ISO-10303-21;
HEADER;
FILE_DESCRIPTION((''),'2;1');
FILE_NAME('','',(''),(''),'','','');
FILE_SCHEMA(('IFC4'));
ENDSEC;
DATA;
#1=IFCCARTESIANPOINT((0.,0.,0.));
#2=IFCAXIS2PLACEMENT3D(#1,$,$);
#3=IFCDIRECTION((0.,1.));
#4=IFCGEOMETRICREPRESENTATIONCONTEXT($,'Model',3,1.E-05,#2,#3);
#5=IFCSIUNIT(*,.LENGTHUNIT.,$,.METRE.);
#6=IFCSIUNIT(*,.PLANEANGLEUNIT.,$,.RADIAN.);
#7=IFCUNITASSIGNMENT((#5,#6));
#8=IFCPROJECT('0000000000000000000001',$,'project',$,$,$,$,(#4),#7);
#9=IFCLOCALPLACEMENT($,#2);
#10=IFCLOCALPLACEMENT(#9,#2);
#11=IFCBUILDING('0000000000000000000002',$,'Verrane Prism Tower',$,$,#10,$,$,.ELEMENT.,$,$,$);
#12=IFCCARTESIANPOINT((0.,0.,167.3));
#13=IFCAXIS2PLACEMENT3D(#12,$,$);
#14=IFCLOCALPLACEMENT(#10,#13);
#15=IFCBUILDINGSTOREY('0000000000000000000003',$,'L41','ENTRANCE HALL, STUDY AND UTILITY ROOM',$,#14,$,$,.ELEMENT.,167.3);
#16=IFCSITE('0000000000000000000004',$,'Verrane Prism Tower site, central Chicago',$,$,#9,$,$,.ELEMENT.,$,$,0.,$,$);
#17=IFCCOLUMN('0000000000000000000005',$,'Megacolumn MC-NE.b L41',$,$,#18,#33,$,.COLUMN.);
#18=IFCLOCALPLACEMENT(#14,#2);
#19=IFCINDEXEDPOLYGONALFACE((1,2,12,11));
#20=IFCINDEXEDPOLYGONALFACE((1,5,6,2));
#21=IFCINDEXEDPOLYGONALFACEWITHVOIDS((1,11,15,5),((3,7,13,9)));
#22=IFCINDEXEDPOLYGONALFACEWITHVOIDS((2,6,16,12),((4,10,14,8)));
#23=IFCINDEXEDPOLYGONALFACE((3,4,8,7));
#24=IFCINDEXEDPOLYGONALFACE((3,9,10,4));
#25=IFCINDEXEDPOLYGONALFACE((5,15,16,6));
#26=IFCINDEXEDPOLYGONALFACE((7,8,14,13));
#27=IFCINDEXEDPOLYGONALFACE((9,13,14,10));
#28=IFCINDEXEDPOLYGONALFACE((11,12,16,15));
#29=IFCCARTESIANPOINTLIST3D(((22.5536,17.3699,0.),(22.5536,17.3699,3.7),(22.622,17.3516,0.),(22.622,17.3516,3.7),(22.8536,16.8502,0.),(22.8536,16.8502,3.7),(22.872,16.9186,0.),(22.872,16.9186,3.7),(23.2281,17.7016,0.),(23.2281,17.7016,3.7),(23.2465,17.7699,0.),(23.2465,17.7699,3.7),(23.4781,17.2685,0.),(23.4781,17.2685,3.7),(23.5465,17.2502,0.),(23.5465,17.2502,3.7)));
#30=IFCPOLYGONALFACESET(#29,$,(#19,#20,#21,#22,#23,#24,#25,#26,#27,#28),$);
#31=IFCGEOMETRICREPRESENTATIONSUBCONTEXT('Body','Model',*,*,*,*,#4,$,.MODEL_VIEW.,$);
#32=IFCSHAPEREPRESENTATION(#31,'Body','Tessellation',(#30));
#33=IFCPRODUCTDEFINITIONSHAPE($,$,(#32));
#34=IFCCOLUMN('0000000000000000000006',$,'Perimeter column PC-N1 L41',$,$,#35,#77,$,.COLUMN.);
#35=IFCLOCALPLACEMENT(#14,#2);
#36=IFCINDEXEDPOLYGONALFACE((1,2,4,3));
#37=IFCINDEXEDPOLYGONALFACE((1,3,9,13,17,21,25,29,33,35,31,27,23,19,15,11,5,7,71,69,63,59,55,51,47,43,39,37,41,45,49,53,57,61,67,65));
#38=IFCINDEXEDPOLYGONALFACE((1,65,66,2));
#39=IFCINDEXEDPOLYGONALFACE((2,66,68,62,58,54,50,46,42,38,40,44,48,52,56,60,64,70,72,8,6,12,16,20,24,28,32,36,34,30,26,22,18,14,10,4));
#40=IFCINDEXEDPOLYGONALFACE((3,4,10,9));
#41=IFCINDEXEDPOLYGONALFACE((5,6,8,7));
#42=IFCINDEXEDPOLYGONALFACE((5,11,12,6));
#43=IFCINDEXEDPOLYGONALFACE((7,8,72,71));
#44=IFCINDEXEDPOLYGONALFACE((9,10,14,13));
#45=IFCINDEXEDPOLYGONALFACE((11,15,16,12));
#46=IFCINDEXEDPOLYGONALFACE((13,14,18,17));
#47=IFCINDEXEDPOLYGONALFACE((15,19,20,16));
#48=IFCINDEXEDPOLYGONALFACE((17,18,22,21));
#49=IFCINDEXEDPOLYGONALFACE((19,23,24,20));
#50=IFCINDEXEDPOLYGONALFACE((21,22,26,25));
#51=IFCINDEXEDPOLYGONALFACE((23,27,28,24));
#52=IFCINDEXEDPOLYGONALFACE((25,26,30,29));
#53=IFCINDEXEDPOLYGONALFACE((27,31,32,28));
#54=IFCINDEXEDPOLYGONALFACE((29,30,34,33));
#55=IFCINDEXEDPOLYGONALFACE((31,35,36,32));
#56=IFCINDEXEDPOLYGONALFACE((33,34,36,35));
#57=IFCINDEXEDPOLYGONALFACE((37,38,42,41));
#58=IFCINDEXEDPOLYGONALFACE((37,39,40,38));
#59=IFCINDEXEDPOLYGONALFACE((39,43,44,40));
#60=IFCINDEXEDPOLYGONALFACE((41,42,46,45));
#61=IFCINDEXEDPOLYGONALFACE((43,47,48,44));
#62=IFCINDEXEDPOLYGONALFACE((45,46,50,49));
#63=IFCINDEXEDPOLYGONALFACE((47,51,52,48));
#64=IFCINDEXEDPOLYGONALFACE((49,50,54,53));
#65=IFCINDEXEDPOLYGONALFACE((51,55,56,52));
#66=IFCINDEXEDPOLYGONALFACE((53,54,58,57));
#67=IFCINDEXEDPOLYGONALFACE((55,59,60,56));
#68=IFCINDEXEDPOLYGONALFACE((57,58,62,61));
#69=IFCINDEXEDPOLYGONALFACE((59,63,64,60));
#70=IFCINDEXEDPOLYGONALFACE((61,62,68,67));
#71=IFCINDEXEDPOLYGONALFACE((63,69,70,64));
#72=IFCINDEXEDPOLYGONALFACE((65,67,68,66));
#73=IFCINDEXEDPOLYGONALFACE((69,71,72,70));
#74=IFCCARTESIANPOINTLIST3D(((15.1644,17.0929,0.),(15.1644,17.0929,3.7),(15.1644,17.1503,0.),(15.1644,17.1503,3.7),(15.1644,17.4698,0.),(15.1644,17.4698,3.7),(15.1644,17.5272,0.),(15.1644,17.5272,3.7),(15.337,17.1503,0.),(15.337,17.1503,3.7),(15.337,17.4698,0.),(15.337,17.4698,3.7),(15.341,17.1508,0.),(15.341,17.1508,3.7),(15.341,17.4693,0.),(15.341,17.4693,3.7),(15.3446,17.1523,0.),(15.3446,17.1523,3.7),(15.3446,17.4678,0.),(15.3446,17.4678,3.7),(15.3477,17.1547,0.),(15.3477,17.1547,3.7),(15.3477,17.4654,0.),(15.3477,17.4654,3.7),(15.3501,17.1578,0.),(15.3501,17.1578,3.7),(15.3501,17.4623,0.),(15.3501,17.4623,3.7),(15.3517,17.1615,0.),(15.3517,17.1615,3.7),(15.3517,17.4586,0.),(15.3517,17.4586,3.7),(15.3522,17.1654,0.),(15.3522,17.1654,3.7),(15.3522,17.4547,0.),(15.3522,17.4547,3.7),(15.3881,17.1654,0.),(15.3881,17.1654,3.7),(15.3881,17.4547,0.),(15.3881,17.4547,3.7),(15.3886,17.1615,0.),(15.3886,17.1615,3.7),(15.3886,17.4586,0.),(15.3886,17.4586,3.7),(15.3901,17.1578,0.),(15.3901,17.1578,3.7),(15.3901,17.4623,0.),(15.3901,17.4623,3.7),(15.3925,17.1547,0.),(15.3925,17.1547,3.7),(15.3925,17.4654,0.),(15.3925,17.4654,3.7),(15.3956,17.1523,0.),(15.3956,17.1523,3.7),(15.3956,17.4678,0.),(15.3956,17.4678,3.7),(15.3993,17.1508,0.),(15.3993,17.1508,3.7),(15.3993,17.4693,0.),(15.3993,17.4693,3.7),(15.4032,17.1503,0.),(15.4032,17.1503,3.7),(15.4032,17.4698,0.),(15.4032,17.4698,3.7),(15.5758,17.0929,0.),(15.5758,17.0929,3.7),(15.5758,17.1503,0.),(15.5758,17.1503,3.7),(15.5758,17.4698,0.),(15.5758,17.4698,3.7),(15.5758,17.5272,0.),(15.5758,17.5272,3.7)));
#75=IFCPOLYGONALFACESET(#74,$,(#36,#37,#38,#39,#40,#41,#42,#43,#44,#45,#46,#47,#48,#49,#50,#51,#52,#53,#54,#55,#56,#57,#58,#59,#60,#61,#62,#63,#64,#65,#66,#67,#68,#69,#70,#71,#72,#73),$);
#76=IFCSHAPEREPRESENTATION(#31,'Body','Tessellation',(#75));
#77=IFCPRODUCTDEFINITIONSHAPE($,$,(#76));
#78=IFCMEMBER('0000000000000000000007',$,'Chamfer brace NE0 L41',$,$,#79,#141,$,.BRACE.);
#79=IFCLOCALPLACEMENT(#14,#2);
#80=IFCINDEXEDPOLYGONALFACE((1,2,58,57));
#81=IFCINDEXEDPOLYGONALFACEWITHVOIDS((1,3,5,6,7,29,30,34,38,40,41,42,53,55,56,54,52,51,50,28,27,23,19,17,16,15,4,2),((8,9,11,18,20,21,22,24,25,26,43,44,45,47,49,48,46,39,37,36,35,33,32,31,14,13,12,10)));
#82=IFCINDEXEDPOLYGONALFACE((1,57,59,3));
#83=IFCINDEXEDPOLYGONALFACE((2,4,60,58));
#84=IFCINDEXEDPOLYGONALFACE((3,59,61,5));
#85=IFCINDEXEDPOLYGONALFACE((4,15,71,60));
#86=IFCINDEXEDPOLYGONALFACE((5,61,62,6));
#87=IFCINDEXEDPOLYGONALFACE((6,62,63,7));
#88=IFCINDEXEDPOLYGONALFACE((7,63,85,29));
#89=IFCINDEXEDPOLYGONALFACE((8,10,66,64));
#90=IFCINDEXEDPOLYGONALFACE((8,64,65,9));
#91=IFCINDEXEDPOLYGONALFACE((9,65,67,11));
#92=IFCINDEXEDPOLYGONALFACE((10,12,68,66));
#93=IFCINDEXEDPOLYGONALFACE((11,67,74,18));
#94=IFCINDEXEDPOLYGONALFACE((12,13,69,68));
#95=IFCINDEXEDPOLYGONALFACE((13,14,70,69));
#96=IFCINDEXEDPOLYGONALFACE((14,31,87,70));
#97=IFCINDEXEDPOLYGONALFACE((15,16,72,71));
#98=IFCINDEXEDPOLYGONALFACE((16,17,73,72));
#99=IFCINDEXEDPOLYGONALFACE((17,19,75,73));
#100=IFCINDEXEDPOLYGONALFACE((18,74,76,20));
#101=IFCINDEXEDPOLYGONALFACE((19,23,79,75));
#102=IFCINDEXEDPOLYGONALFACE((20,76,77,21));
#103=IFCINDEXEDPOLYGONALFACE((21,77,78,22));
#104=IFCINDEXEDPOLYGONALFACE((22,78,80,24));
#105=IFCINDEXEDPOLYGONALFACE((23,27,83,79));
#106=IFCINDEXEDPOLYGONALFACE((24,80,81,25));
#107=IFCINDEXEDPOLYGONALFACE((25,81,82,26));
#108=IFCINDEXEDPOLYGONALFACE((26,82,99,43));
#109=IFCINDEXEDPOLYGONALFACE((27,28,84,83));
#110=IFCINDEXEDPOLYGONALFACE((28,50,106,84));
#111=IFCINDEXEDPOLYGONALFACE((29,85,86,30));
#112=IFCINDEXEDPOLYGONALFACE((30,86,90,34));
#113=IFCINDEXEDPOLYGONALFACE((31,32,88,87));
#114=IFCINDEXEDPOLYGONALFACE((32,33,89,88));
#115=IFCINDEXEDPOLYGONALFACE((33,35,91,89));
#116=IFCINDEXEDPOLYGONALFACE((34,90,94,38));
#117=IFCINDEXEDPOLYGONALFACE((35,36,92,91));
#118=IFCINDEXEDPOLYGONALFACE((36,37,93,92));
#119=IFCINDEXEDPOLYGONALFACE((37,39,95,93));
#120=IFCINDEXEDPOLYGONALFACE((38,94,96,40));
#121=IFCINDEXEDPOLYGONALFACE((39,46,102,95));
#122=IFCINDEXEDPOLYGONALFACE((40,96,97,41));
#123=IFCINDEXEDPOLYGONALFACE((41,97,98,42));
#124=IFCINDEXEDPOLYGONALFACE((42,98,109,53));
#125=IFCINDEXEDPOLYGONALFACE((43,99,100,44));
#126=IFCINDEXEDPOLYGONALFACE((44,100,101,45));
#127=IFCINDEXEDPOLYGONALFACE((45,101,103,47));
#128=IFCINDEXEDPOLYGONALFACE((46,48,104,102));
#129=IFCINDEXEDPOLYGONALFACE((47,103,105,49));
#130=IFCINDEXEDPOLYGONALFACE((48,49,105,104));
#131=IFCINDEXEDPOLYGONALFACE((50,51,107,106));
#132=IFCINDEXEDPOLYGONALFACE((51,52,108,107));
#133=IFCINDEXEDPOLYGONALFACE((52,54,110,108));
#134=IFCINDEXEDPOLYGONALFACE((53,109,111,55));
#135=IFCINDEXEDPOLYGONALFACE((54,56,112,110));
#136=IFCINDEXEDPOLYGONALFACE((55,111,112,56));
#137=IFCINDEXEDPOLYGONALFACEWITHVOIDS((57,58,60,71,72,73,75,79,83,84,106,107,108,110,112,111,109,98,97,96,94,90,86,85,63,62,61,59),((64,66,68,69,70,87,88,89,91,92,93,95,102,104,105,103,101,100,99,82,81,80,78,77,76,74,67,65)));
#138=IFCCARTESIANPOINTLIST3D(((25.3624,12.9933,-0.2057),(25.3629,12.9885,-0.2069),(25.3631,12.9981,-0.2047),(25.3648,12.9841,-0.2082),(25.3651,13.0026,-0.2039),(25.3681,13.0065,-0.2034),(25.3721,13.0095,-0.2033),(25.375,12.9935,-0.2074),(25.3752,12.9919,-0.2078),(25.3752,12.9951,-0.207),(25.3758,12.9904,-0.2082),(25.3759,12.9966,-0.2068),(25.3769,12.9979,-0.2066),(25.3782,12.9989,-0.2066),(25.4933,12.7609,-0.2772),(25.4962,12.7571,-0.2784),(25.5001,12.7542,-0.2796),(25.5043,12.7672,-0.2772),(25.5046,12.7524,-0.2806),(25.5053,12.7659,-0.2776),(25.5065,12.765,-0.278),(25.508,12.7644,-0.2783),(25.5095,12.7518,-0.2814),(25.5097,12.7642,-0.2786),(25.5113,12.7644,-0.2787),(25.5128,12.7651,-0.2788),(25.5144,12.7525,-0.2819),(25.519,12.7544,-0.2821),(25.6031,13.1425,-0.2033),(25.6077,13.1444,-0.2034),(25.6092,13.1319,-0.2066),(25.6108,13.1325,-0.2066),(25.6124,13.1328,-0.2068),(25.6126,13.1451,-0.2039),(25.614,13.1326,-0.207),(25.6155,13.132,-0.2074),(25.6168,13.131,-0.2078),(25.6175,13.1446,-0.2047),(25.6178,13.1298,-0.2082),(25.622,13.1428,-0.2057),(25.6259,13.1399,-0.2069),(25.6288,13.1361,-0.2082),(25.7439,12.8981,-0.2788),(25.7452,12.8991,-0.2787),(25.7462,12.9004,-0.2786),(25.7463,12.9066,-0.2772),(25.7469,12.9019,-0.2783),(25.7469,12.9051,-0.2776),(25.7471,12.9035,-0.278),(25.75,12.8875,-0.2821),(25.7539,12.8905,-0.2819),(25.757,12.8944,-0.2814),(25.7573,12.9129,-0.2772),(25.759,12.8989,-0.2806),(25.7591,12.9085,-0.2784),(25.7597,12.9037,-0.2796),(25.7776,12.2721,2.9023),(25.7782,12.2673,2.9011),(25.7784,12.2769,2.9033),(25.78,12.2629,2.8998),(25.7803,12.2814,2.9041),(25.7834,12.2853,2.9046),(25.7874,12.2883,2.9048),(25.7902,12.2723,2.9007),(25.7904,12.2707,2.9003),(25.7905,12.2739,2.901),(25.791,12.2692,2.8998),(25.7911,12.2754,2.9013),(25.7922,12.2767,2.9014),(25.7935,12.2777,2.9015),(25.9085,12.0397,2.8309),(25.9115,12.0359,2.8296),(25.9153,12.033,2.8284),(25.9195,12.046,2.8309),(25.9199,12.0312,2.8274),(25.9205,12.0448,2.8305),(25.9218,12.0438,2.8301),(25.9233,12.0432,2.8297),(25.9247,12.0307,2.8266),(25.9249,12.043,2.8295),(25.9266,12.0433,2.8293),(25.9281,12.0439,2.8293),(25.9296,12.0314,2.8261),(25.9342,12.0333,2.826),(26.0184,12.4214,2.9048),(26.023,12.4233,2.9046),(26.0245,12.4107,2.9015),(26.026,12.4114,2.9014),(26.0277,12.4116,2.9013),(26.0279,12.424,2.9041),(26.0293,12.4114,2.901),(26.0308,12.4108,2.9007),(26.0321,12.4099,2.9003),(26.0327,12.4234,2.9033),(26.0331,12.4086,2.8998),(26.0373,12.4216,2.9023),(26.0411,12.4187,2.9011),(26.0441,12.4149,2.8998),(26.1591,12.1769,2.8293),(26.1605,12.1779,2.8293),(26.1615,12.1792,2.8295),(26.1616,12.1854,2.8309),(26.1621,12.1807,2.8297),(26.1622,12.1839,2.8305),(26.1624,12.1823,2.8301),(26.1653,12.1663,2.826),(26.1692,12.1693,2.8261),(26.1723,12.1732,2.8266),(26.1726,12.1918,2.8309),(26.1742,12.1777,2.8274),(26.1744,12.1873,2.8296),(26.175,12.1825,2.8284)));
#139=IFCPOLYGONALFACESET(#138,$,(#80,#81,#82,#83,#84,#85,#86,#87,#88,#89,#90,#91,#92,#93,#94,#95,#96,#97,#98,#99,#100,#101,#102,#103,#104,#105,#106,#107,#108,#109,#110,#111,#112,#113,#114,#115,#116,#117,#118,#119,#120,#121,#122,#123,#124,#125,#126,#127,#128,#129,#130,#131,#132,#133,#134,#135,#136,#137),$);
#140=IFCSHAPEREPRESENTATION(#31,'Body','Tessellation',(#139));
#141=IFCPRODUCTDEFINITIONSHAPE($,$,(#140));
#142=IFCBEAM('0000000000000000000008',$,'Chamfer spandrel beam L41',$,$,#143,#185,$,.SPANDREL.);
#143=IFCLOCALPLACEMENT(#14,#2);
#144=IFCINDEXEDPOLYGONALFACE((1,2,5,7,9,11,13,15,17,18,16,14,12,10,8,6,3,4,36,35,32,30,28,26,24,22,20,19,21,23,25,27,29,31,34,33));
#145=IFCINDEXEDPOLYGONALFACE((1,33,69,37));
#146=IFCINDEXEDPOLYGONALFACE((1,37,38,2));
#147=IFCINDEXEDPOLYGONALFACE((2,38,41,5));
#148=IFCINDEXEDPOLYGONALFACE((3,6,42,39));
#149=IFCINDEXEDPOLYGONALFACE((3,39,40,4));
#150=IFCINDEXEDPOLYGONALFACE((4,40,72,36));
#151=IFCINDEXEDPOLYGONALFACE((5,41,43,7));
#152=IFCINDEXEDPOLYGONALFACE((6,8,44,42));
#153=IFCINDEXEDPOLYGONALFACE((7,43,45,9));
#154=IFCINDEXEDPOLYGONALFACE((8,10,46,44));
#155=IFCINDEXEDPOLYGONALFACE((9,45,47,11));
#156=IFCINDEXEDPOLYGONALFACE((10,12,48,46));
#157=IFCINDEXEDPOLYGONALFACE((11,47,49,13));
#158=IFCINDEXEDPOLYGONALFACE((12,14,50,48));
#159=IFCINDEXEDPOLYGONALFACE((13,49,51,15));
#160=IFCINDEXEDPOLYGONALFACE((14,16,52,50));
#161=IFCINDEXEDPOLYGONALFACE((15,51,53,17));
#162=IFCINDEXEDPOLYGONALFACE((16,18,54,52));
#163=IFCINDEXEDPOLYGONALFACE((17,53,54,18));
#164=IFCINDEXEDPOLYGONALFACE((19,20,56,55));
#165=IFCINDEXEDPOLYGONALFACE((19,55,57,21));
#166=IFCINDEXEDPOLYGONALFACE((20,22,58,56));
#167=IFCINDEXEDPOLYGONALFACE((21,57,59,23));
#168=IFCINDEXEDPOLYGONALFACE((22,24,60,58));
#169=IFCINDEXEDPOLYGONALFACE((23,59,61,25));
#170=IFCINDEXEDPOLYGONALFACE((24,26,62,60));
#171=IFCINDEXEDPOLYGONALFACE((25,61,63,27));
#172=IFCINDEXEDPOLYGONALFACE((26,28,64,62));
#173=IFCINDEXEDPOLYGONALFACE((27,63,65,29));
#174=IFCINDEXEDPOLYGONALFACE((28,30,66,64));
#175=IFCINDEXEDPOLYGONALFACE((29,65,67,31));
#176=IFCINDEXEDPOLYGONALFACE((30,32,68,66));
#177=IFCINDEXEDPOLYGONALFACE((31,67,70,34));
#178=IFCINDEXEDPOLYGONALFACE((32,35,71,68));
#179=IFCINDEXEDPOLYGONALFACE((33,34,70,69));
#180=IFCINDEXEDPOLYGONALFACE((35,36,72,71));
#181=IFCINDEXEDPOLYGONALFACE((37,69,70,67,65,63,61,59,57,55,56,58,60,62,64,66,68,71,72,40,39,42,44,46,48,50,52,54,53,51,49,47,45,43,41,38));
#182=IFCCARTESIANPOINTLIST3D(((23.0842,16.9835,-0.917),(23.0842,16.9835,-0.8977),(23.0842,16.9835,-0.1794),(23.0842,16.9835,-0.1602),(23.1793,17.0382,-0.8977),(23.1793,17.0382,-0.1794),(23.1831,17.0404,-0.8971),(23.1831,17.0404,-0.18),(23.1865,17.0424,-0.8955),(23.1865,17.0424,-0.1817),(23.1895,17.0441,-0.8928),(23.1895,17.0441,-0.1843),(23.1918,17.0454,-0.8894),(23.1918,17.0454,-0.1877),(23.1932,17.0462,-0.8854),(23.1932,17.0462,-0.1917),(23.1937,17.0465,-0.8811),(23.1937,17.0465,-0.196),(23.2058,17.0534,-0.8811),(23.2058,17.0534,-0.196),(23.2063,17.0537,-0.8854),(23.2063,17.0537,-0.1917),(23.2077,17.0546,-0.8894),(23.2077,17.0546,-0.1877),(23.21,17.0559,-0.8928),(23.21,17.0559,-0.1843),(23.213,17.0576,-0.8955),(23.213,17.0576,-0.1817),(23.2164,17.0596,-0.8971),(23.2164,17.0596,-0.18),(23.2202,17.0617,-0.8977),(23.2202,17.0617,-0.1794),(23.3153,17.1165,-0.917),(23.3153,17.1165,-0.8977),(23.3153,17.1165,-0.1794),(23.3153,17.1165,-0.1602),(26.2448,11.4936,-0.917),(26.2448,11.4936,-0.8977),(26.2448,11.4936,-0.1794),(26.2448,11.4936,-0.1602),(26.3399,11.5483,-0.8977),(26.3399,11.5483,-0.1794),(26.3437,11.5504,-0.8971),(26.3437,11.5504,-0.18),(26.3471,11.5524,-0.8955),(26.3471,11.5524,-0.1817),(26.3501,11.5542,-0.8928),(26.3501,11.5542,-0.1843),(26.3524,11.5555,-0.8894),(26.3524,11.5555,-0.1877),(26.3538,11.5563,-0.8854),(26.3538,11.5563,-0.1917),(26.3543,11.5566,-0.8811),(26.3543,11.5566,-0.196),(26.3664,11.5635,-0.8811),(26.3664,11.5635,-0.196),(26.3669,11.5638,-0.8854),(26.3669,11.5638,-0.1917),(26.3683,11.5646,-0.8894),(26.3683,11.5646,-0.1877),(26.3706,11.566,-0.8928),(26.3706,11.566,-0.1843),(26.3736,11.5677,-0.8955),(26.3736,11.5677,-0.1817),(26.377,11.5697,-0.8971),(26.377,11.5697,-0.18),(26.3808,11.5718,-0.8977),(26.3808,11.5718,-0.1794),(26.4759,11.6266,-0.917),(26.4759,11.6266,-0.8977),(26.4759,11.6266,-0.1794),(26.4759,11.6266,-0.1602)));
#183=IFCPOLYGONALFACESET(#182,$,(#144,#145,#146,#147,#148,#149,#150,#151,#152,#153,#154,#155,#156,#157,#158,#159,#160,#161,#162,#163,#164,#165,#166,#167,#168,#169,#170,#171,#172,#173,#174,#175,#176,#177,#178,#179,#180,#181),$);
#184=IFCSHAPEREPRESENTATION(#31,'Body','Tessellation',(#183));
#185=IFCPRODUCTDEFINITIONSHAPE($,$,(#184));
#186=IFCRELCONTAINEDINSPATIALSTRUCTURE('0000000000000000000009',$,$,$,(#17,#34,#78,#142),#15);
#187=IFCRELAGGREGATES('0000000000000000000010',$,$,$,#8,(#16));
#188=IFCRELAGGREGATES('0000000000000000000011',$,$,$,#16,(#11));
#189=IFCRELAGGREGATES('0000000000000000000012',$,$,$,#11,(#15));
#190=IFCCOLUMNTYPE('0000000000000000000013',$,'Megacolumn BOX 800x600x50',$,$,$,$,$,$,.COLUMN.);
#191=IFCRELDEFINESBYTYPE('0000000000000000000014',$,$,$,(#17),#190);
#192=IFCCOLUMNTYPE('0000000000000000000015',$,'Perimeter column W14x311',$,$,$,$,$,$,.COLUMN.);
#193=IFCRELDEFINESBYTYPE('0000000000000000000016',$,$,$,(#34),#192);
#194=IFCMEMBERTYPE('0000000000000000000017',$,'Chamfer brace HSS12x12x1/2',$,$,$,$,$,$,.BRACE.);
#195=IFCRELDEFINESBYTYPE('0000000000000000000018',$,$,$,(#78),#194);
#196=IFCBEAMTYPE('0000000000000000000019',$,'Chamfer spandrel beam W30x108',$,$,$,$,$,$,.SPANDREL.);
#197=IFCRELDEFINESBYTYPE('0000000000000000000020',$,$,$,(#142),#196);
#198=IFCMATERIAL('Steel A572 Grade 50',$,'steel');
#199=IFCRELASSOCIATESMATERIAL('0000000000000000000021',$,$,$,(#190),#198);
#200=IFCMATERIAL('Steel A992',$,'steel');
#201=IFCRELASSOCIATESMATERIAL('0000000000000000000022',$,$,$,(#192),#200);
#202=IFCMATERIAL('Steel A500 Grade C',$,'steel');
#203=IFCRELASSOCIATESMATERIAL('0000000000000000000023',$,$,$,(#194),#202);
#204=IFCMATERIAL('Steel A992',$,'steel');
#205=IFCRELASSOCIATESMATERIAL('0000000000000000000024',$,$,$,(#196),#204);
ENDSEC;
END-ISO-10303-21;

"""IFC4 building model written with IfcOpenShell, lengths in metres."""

from ifc_helpers import new_model, si_unit, direction, frame, origin, origin_2d, place, context, subcontext, project, spatial, hollow_rectangle, i_section, extrude, material, material_profile, profile_set, type_object, element, save


model = new_model("IFC4")

# Units and contexts
model_context = context("Model", 3, precision=1e-05, world=origin(), true_north=direction((0.0, 1.0)))
body_context = subcontext(model_context, "Body", "Model", "MODEL_VIEW")
ifc_project = project(units=[si_unit("LENGTHUNIT", "METRE"), si_unit("PLANEANGLEUNIT", "RADIAN")], contexts=[model_context])

# Site, building, storey
site_placement = place(None, origin())
site = spatial("IfcSite", under=ifc_project, at=site_placement, Name="Verrane Prism Tower site, central Chicago", CompositionType="ELEMENT", RefElevation=0.0)
building_placement = place(site_placement, origin())
building = spatial("IfcBuilding", under=site, at=building_placement, Name="Verrane Prism Tower", CompositionType="ELEMENT")
storey_placement = place(building_placement, frame((0.0, 0.0, 167.3)))
storey = spatial("IfcBuildingStorey", under=building, at=storey_placement, Name="L41", Description="ENTRANCE HALL, STUDY AND UTILITY ROOM", CompositionType="ELEMENT", Elevation=167.3)

# Columns
ifc_material_1 = material(Name="Steel A572 Grade 50", Category="steel")
ifc_material_profile_1 = material_profile(ifc_material_1, hollow_rectangle(XDim=0.6001, YDim=0.8, WallThickness=0.05, at=origin_2d()), Name="BOX 800x600x50")
ifc_profile_set_1 = profile_set([ifc_material_profile_1], Name="Steel A572 Grade 50")
column_type_1 = type_object("IfcColumnType", Name="Megacolumn BOX 800x600x50", PredefinedType="COLUMN", material=ifc_profile_set_1)
column_1_placement = place(storey_placement, frame((23.05, 17.3101, 0.0), z_axis=(0.0, 0.0, 1.0), x_axis=(0.5, -0.866025, 0.0)))
element("IfcColumn", 1, at=column_1_placement, inside=storey, type_object=column_type_1, Name="Megacolumn MC-NE.b L41", PredefinedType="COLUMN", context=body_context, shape_type="SweptSolid", body=[
    extrude(hollow_rectangle(XDim=0.6001, YDim=0.8, WallThickness=0.05, at=origin_2d()), origin(), (0.0, 0.0, 1.0), 3.7),
])
ifc_material_2 = material(Name="Steel A992", Category="steel")
ifc_material_profile_2 = material_profile(ifc_material_2, i_section(OverallWidth=0.4114, OverallDepth=0.4343, WebThickness=0.0359, FlangeThickness=0.0574, FilletRadius=0.0151, at=origin_2d()), Name="W14x311")
ifc_profile_set_2 = profile_set([ifc_material_profile_2], Name="Steel A992")
column_type_2 = type_object("IfcColumnType", Name="Perimeter column W14x311", PredefinedType="COLUMN", material=ifc_profile_set_2)
column_2_placement = place(storey_placement, frame((15.3701, 17.3101, 0.0), z_axis=(0.0, 0.0, 1.0), x_axis=(1.0, 0.0, 0.0)))
element("IfcColumn", 2, at=column_2_placement, inside=storey, type_object=column_type_2, Name="Perimeter column PC-N1 L41", PredefinedType="COLUMN", context=body_context, shape_type="SweptSolid", body=[
    extrude(i_section(OverallWidth=0.4114, OverallDepth=0.4343, WebThickness=0.0359, FlangeThickness=0.0574, FilletRadius=0.0151, at=origin_2d()), origin(), (0.0, 0.0, 1.0), 3.7),
])

# Member
ifc_material_3 = material(Name="Steel A500 Grade C", Category="steel")
ifc_material_profile_3 = material_profile(ifc_material_3, hollow_rectangle(XDim=0.3047, YDim=0.3047, WallThickness=0.0127, InnerFilletRadius=0.0063, OuterFilletRadius=0.019, at=origin_2d()), Name="HSS12x12x1/2")
ifc_profile_set_3 = profile_set([ifc_material_profile_3], Name="Steel A500 Grade C")
member_type_1 = type_object("IfcMemberType", Name="Chamfer brace HSS12x12x1/2", PredefinedType="BRACE", material=ifc_profile_set_3)
member_1_placement = place(storey_placement, frame((25.561, 12.9485, -0.2427), z_axis=(0.129065, -0.224137, 0.965974), x_axis=(0.866596, 0.499011, 0.0)))
element("IfcMember", 3, at=member_1_placement, inside=storey, type_object=member_type_1, Name="Chamfer brace NE0 L41", PredefinedType="BRACE", context=body_context, shape_type="SweptSolid", body=[
    extrude(hollow_rectangle(XDim=0.3047, YDim=0.3047, WallThickness=0.0127, InnerFilletRadius=0.0063, OuterFilletRadius=0.019, at=origin_2d()), origin(), (0.0, 0.0, 1.0), 3.2175),
])

# Beam
ifc_material_4 = material(Name="Steel A992", Category="steel")
ifc_material_profile_4 = material_profile(ifc_material_4, i_section(OverallWidth=0.2666, OverallDepth=0.7568, WebThickness=0.0139, FlangeThickness=0.0193, FilletRadius=0.0166, at=origin_2d()), Name="W30x108")
ifc_profile_set_4 = profile_set([ifc_material_profile_4], Name="Steel A992")
beam_type_1 = type_object("IfcBeamType", Name="Chamfer spandrel beam W30x108", PredefinedType="SPANDREL", material=ifc_profile_set_4)
beam_1_placement = place(storey_placement, frame((26.3604, 11.5601, -0.5386), z_axis=(-0.498934, 0.86664, 0.0), x_axis=(-0.86664, -0.498934, 0.0)))
element("IfcBeam", 4, at=beam_1_placement, inside=storey, type_object=beam_type_1, Name="Chamfer spandrel beam L41", PredefinedType="SPANDREL", context=body_context, shape_type="SweptSolid", body=[
    extrude(i_section(OverallWidth=0.2666, OverallDepth=0.7568, WebThickness=0.0139, FlangeThickness=0.0193, FilletRadius=0.0166, at=origin_2d()), origin(), (0.0, 0.0, 1.0), 6.3347),
])

save(model, "model.ifc")
